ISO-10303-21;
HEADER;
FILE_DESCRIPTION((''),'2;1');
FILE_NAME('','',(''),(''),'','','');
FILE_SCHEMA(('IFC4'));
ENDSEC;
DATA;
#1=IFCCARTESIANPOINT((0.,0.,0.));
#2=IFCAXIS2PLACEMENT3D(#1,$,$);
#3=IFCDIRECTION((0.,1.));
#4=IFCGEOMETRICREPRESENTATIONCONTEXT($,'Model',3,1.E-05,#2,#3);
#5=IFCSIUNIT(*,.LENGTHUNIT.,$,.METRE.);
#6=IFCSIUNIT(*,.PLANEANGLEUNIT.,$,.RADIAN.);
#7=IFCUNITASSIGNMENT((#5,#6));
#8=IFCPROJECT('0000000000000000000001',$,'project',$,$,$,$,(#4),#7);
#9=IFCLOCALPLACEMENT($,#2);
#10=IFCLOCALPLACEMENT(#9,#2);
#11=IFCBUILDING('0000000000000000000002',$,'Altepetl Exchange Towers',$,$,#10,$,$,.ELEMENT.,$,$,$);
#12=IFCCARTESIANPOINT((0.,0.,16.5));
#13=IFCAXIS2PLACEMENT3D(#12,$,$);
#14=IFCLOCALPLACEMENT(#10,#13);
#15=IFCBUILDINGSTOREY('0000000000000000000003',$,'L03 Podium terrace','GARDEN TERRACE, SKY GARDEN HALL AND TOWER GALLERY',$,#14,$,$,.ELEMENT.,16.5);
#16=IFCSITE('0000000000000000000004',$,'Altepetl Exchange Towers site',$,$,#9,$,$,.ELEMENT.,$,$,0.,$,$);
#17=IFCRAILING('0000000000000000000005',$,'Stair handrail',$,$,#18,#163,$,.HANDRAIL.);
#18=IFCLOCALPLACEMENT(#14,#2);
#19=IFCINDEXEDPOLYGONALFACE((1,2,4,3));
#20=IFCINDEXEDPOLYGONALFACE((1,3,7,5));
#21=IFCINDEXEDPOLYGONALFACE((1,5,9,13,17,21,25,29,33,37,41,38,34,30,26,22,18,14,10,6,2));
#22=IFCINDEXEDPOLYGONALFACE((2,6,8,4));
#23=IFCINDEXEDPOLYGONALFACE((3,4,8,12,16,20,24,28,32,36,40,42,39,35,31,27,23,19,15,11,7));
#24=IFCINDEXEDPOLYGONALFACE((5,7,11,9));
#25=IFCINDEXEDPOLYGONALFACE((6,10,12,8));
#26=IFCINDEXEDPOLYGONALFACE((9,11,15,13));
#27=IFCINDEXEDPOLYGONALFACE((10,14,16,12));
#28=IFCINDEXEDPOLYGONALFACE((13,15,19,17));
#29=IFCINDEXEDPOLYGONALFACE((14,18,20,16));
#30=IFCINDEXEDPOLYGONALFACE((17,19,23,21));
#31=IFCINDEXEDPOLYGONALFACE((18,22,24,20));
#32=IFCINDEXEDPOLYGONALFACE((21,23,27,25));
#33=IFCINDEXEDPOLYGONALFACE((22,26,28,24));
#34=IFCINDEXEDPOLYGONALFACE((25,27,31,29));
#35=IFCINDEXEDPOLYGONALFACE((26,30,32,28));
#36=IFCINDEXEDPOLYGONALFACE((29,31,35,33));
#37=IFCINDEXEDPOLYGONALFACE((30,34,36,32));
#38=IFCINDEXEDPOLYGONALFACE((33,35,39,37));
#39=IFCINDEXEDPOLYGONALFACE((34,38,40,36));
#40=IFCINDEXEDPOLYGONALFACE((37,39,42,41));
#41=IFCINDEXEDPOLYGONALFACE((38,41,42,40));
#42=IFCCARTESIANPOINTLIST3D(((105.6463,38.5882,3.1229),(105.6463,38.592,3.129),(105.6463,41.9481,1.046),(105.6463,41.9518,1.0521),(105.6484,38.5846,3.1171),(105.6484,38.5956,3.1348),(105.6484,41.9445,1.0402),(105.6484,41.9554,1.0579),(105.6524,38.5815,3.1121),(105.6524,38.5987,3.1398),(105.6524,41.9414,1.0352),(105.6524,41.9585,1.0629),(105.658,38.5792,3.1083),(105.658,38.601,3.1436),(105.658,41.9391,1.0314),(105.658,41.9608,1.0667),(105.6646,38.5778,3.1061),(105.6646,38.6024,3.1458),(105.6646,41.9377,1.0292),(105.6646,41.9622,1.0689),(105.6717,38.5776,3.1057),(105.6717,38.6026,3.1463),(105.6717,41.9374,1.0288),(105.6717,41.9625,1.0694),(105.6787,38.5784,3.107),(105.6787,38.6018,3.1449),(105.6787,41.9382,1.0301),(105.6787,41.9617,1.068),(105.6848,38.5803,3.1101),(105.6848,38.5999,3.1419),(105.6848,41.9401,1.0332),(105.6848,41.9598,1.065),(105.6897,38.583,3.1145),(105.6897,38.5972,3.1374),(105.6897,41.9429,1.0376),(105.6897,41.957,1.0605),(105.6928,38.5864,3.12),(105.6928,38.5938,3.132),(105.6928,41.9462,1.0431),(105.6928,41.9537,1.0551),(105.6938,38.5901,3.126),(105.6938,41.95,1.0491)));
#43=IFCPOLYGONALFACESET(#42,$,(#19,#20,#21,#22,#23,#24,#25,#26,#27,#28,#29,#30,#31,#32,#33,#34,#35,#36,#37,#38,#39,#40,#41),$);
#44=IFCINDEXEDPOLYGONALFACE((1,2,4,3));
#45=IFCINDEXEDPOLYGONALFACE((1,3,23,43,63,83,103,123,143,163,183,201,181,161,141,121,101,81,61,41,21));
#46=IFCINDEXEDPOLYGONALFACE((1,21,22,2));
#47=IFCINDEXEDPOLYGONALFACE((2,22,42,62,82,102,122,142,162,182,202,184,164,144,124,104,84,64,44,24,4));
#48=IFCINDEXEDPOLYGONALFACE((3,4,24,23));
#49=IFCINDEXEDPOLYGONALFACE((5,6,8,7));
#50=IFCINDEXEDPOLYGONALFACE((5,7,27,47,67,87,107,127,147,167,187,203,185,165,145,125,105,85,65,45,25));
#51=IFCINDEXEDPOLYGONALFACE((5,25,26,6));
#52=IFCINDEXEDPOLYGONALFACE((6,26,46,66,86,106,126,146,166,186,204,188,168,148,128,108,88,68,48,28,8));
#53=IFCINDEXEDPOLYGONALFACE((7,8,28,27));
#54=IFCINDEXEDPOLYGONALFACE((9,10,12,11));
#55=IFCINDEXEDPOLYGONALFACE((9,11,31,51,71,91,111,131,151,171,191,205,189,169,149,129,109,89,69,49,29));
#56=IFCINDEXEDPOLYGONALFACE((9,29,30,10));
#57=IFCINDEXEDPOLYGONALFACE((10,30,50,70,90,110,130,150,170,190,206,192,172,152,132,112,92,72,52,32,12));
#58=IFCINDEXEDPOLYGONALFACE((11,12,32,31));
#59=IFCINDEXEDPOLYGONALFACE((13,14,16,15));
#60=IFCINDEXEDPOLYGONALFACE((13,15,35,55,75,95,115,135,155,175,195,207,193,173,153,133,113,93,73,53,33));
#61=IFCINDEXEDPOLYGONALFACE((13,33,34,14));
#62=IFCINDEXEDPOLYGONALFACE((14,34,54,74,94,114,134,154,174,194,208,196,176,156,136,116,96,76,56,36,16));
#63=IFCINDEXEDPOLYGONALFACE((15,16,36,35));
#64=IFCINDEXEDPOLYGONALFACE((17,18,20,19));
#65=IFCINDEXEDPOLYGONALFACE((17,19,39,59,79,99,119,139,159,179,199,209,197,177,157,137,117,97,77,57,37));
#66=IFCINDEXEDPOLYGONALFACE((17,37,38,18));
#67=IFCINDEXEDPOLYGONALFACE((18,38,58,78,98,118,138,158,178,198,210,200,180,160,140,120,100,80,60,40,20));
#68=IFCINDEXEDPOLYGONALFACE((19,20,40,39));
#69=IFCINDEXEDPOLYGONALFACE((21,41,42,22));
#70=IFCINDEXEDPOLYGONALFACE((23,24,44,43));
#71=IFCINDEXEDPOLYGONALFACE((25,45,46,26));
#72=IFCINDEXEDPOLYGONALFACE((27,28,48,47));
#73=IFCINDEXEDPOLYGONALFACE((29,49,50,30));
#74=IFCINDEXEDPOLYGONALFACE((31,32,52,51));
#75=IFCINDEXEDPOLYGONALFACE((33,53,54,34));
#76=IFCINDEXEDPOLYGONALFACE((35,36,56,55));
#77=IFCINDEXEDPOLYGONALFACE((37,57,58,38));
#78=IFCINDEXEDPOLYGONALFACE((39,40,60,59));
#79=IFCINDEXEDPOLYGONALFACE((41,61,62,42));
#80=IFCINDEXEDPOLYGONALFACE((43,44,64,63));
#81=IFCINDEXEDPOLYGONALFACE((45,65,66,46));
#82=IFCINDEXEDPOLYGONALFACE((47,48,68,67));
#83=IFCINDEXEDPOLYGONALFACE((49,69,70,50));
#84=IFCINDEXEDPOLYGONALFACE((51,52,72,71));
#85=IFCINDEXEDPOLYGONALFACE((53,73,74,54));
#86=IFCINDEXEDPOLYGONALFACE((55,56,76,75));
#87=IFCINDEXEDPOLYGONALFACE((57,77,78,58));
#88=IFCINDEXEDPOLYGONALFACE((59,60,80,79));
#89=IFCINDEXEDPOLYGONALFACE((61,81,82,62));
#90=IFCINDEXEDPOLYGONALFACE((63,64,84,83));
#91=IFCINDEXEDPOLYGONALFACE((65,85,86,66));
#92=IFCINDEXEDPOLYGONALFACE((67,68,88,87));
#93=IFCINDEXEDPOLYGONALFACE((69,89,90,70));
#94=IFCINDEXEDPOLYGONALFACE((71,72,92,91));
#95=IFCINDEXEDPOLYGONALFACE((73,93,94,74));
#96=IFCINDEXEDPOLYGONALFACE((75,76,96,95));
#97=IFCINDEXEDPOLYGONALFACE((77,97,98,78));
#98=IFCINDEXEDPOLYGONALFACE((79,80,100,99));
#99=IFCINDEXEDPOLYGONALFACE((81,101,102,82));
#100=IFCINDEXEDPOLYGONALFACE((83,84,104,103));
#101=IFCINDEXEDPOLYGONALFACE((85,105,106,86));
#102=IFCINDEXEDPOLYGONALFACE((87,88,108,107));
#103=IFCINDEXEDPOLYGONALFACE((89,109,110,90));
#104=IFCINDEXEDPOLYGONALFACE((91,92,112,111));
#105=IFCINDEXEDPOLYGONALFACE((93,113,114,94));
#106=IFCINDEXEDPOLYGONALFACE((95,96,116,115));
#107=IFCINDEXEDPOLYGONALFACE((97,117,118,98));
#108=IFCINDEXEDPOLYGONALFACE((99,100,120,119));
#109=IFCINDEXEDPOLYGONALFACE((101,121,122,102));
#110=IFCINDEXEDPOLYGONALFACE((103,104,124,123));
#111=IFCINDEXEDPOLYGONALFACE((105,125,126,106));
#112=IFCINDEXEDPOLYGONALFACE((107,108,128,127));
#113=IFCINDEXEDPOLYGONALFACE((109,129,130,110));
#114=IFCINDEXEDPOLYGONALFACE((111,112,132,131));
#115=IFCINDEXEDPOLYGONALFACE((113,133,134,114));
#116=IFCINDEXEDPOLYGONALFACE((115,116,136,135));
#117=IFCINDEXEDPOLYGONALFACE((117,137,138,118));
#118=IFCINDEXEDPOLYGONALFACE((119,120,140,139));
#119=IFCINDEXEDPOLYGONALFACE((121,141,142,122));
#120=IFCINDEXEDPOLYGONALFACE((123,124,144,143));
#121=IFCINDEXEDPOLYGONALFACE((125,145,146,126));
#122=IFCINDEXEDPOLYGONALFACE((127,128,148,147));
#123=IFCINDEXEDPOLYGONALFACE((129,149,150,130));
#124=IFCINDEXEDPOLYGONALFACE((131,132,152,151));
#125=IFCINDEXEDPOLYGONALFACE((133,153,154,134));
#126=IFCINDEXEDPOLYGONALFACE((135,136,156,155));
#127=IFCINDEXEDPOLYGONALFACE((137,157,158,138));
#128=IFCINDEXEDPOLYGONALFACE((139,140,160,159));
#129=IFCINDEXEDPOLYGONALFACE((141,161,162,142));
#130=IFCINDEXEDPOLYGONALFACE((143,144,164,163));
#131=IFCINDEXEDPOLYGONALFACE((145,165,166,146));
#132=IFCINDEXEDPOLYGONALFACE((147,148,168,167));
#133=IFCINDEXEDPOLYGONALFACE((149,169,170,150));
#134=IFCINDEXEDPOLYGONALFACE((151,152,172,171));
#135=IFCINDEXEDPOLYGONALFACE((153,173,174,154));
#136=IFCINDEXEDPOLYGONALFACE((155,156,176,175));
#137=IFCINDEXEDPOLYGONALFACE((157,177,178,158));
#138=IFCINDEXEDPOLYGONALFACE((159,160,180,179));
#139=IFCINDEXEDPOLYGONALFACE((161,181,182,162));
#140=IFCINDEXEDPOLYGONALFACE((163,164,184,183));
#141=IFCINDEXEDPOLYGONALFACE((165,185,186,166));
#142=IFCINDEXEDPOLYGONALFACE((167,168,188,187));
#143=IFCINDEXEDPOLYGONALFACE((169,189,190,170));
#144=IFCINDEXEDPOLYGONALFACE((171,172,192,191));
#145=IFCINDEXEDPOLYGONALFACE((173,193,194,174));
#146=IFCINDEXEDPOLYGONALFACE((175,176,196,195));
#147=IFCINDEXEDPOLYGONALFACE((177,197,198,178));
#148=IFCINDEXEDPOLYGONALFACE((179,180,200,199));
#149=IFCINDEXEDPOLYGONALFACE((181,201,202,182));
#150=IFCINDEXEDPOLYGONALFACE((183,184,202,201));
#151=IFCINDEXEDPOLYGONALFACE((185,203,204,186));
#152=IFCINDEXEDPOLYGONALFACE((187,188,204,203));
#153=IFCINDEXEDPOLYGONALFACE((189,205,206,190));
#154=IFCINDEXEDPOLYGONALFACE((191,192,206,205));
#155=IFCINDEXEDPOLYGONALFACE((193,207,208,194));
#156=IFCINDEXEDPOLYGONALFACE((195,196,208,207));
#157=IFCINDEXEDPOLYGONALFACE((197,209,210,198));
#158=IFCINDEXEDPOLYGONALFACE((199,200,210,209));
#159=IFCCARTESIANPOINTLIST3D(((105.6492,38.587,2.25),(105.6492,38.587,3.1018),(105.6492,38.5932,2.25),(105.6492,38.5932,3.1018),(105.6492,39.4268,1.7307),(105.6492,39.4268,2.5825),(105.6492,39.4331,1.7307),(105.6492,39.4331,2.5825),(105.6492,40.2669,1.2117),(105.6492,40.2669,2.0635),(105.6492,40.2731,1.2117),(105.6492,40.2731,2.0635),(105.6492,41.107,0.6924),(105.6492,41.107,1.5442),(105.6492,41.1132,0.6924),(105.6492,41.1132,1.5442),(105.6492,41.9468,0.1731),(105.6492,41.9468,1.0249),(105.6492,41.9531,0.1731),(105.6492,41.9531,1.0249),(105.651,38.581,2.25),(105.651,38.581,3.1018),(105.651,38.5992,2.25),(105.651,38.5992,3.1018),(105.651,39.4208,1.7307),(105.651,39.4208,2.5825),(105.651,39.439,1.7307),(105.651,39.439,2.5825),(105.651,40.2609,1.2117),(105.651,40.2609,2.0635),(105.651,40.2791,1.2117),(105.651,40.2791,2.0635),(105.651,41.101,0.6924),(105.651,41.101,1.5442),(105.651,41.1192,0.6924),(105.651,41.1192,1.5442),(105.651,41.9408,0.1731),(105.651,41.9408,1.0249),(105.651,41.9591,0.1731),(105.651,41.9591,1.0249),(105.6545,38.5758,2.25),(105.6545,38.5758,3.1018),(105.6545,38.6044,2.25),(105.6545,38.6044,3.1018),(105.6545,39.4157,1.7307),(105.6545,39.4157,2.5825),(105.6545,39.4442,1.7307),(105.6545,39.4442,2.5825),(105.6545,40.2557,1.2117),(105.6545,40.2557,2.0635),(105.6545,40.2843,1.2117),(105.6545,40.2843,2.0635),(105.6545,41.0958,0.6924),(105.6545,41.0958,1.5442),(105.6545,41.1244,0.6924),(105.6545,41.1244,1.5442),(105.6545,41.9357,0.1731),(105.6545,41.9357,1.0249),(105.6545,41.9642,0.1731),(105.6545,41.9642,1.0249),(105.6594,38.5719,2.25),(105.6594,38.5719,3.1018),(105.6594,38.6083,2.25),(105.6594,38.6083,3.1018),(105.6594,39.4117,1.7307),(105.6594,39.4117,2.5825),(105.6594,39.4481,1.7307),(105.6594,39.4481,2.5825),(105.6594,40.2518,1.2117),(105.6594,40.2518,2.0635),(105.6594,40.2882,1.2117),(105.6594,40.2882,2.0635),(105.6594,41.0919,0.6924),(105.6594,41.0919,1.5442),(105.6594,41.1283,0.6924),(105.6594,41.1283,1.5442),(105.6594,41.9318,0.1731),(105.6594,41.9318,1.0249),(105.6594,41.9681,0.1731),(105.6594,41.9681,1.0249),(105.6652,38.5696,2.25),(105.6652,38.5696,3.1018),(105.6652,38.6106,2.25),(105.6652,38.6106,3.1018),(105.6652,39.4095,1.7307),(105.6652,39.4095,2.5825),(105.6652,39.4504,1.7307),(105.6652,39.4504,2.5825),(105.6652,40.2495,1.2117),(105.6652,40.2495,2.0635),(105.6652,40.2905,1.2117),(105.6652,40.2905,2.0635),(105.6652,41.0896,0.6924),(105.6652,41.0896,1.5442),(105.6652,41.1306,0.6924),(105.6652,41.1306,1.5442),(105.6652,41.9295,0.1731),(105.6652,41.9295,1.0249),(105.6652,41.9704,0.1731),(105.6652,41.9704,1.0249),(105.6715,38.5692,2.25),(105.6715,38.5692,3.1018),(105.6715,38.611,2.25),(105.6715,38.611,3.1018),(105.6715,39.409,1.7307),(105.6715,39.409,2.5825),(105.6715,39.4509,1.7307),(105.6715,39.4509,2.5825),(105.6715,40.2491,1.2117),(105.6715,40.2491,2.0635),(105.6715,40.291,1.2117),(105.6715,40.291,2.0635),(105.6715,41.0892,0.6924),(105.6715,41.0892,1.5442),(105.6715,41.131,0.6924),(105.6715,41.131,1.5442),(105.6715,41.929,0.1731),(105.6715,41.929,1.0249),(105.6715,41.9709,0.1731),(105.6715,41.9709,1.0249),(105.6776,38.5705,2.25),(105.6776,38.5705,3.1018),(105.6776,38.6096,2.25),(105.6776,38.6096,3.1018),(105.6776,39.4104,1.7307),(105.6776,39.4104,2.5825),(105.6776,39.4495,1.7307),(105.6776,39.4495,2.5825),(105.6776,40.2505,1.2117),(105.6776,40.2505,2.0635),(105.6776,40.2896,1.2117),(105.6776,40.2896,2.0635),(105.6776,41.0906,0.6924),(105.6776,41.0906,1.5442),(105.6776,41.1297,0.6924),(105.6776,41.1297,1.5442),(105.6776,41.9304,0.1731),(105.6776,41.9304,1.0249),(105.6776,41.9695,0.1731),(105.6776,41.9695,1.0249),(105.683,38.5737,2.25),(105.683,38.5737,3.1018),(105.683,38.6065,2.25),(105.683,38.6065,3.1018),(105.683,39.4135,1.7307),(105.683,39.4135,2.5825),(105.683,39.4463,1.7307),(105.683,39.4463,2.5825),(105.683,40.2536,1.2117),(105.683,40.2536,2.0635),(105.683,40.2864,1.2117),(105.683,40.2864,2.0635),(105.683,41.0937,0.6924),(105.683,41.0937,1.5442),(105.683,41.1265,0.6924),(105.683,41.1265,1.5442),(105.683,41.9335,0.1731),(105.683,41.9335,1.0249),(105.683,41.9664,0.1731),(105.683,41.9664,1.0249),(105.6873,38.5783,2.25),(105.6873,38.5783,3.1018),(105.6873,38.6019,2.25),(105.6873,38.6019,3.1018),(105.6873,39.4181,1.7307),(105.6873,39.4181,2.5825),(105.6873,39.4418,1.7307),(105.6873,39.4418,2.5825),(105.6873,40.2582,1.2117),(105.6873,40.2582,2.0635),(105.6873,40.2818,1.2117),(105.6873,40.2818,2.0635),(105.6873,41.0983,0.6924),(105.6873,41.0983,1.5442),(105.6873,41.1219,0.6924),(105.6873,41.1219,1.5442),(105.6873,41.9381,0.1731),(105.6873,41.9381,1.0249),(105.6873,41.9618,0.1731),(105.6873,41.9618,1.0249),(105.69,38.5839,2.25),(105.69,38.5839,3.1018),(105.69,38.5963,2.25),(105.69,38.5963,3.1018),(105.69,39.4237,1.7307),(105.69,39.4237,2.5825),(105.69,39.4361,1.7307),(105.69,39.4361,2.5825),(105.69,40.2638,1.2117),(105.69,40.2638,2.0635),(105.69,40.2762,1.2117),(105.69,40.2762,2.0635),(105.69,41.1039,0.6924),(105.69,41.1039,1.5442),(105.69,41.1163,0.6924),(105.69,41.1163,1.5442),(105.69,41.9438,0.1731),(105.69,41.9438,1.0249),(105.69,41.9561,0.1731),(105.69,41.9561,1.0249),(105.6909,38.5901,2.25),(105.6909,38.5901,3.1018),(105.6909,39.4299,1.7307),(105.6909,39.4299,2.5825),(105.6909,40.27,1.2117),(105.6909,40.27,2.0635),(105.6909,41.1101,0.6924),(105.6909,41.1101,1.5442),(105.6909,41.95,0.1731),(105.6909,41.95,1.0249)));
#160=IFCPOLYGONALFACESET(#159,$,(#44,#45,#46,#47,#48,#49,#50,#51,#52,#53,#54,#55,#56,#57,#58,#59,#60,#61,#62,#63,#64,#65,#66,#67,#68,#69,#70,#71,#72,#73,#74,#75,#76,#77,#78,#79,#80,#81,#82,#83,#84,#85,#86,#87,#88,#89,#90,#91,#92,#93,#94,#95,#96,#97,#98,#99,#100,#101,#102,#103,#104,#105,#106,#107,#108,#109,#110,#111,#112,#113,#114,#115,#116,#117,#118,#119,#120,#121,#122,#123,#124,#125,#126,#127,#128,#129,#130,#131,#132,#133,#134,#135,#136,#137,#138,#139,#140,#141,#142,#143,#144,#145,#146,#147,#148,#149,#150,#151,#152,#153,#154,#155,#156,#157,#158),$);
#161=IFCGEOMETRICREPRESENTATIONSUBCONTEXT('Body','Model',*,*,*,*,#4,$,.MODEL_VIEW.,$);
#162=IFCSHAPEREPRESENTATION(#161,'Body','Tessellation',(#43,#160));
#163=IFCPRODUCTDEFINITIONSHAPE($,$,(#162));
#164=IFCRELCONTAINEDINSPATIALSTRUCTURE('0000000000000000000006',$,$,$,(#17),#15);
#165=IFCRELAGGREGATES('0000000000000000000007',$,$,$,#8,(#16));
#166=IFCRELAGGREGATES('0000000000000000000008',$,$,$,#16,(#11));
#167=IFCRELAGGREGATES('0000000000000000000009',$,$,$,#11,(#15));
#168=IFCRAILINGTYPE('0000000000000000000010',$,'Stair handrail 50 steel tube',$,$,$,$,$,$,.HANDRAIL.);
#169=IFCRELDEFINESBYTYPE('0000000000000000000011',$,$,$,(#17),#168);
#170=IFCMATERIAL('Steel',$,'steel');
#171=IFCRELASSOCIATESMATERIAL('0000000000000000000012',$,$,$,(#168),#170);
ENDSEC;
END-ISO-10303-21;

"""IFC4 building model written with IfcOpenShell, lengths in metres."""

from ifc_helpers import new_model, si_unit, direction, frame, origin, origin_2d, place, context, subcontext, project, spatial, circle, extrude, source, transform, mapped, material, type_object, element, save


model = new_model("IFC4")

# Units and contexts
model_context = context("Model", 3, precision=1e-05, world=origin(), true_north=direction((0.0, 1.0)))
body_context = subcontext(model_context, "Body", "Model", "MODEL_VIEW")
ifc_project = project(units=[si_unit("LENGTHUNIT", "METRE"), si_unit("PLANEANGLEUNIT", "RADIAN")], contexts=[model_context])

# Site, building, storey
site_placement = place(None, origin())
site = spatial("IfcSite", under=ifc_project, at=site_placement, Name="Altepetl Exchange Towers site", CompositionType="ELEMENT", RefElevation=0.0)
building_placement = place(site_placement, origin())
building = spatial("IfcBuilding", under=site, at=building_placement, Name="Altepetl Exchange Towers", CompositionType="ELEMENT")
storey_placement = place(building_placement, frame((0.0, 0.0, 16.5)))
storey = spatial("IfcBuildingStorey", under=building, at=storey_placement, Name="L03 Podium terrace", Description="GARDEN TERRACE, SKY GARDEN HALL AND TOWER GALLERY", CompositionType="ELEMENT", Elevation=16.5)

# Railing
ifc_material_1 = material(Name="Steel", Category="steel")
railing_type = type_object("IfcRailingType", Name="Stair handrail 50 steel tube", PredefinedType="HANDRAIL", material=ifc_material_1)
shared_shape = source(origin(), body_context, "Body", "SweptSolid", [
    extrude(circle(Radius=0.021, at=origin_2d()), origin(), (0.0, 0.0, 1.0), 0.8518),
])
railing_1_placement = place(storey_placement, frame((105.6699, 41.95, 0.1731)))
element("IfcRailing", 1, at=railing_1_placement, inside=storey, type_object=railing_type, Name="Stair handrail", PredefinedType="HANDRAIL", context=body_context, shape_type="SweptSolid", body=[
    extrude(circle(Radius=0.0239, at=origin_2d()), frame((0.0, 0.0, 0.876), z_axis=(0.0, -0.850606, 0.525803), x_axis=(1.0, 0.0, 0.0)), (0.0, 0.0, 1.0), 3.95),
    mapped(shared_shape, transform((0.0, 0.0, 0.0))),
    mapped(shared_shape, transform((0.0, -0.8398, 0.5193))),
    mapped(shared_shape, transform((0.0, -1.6799, 1.0386))),
    mapped(shared_shape, transform((0.0, -2.52, 1.5576))),
    mapped(shared_shape, transform((0.0, -3.3599, 2.0769))),
])

save(model, "model.ifc")
